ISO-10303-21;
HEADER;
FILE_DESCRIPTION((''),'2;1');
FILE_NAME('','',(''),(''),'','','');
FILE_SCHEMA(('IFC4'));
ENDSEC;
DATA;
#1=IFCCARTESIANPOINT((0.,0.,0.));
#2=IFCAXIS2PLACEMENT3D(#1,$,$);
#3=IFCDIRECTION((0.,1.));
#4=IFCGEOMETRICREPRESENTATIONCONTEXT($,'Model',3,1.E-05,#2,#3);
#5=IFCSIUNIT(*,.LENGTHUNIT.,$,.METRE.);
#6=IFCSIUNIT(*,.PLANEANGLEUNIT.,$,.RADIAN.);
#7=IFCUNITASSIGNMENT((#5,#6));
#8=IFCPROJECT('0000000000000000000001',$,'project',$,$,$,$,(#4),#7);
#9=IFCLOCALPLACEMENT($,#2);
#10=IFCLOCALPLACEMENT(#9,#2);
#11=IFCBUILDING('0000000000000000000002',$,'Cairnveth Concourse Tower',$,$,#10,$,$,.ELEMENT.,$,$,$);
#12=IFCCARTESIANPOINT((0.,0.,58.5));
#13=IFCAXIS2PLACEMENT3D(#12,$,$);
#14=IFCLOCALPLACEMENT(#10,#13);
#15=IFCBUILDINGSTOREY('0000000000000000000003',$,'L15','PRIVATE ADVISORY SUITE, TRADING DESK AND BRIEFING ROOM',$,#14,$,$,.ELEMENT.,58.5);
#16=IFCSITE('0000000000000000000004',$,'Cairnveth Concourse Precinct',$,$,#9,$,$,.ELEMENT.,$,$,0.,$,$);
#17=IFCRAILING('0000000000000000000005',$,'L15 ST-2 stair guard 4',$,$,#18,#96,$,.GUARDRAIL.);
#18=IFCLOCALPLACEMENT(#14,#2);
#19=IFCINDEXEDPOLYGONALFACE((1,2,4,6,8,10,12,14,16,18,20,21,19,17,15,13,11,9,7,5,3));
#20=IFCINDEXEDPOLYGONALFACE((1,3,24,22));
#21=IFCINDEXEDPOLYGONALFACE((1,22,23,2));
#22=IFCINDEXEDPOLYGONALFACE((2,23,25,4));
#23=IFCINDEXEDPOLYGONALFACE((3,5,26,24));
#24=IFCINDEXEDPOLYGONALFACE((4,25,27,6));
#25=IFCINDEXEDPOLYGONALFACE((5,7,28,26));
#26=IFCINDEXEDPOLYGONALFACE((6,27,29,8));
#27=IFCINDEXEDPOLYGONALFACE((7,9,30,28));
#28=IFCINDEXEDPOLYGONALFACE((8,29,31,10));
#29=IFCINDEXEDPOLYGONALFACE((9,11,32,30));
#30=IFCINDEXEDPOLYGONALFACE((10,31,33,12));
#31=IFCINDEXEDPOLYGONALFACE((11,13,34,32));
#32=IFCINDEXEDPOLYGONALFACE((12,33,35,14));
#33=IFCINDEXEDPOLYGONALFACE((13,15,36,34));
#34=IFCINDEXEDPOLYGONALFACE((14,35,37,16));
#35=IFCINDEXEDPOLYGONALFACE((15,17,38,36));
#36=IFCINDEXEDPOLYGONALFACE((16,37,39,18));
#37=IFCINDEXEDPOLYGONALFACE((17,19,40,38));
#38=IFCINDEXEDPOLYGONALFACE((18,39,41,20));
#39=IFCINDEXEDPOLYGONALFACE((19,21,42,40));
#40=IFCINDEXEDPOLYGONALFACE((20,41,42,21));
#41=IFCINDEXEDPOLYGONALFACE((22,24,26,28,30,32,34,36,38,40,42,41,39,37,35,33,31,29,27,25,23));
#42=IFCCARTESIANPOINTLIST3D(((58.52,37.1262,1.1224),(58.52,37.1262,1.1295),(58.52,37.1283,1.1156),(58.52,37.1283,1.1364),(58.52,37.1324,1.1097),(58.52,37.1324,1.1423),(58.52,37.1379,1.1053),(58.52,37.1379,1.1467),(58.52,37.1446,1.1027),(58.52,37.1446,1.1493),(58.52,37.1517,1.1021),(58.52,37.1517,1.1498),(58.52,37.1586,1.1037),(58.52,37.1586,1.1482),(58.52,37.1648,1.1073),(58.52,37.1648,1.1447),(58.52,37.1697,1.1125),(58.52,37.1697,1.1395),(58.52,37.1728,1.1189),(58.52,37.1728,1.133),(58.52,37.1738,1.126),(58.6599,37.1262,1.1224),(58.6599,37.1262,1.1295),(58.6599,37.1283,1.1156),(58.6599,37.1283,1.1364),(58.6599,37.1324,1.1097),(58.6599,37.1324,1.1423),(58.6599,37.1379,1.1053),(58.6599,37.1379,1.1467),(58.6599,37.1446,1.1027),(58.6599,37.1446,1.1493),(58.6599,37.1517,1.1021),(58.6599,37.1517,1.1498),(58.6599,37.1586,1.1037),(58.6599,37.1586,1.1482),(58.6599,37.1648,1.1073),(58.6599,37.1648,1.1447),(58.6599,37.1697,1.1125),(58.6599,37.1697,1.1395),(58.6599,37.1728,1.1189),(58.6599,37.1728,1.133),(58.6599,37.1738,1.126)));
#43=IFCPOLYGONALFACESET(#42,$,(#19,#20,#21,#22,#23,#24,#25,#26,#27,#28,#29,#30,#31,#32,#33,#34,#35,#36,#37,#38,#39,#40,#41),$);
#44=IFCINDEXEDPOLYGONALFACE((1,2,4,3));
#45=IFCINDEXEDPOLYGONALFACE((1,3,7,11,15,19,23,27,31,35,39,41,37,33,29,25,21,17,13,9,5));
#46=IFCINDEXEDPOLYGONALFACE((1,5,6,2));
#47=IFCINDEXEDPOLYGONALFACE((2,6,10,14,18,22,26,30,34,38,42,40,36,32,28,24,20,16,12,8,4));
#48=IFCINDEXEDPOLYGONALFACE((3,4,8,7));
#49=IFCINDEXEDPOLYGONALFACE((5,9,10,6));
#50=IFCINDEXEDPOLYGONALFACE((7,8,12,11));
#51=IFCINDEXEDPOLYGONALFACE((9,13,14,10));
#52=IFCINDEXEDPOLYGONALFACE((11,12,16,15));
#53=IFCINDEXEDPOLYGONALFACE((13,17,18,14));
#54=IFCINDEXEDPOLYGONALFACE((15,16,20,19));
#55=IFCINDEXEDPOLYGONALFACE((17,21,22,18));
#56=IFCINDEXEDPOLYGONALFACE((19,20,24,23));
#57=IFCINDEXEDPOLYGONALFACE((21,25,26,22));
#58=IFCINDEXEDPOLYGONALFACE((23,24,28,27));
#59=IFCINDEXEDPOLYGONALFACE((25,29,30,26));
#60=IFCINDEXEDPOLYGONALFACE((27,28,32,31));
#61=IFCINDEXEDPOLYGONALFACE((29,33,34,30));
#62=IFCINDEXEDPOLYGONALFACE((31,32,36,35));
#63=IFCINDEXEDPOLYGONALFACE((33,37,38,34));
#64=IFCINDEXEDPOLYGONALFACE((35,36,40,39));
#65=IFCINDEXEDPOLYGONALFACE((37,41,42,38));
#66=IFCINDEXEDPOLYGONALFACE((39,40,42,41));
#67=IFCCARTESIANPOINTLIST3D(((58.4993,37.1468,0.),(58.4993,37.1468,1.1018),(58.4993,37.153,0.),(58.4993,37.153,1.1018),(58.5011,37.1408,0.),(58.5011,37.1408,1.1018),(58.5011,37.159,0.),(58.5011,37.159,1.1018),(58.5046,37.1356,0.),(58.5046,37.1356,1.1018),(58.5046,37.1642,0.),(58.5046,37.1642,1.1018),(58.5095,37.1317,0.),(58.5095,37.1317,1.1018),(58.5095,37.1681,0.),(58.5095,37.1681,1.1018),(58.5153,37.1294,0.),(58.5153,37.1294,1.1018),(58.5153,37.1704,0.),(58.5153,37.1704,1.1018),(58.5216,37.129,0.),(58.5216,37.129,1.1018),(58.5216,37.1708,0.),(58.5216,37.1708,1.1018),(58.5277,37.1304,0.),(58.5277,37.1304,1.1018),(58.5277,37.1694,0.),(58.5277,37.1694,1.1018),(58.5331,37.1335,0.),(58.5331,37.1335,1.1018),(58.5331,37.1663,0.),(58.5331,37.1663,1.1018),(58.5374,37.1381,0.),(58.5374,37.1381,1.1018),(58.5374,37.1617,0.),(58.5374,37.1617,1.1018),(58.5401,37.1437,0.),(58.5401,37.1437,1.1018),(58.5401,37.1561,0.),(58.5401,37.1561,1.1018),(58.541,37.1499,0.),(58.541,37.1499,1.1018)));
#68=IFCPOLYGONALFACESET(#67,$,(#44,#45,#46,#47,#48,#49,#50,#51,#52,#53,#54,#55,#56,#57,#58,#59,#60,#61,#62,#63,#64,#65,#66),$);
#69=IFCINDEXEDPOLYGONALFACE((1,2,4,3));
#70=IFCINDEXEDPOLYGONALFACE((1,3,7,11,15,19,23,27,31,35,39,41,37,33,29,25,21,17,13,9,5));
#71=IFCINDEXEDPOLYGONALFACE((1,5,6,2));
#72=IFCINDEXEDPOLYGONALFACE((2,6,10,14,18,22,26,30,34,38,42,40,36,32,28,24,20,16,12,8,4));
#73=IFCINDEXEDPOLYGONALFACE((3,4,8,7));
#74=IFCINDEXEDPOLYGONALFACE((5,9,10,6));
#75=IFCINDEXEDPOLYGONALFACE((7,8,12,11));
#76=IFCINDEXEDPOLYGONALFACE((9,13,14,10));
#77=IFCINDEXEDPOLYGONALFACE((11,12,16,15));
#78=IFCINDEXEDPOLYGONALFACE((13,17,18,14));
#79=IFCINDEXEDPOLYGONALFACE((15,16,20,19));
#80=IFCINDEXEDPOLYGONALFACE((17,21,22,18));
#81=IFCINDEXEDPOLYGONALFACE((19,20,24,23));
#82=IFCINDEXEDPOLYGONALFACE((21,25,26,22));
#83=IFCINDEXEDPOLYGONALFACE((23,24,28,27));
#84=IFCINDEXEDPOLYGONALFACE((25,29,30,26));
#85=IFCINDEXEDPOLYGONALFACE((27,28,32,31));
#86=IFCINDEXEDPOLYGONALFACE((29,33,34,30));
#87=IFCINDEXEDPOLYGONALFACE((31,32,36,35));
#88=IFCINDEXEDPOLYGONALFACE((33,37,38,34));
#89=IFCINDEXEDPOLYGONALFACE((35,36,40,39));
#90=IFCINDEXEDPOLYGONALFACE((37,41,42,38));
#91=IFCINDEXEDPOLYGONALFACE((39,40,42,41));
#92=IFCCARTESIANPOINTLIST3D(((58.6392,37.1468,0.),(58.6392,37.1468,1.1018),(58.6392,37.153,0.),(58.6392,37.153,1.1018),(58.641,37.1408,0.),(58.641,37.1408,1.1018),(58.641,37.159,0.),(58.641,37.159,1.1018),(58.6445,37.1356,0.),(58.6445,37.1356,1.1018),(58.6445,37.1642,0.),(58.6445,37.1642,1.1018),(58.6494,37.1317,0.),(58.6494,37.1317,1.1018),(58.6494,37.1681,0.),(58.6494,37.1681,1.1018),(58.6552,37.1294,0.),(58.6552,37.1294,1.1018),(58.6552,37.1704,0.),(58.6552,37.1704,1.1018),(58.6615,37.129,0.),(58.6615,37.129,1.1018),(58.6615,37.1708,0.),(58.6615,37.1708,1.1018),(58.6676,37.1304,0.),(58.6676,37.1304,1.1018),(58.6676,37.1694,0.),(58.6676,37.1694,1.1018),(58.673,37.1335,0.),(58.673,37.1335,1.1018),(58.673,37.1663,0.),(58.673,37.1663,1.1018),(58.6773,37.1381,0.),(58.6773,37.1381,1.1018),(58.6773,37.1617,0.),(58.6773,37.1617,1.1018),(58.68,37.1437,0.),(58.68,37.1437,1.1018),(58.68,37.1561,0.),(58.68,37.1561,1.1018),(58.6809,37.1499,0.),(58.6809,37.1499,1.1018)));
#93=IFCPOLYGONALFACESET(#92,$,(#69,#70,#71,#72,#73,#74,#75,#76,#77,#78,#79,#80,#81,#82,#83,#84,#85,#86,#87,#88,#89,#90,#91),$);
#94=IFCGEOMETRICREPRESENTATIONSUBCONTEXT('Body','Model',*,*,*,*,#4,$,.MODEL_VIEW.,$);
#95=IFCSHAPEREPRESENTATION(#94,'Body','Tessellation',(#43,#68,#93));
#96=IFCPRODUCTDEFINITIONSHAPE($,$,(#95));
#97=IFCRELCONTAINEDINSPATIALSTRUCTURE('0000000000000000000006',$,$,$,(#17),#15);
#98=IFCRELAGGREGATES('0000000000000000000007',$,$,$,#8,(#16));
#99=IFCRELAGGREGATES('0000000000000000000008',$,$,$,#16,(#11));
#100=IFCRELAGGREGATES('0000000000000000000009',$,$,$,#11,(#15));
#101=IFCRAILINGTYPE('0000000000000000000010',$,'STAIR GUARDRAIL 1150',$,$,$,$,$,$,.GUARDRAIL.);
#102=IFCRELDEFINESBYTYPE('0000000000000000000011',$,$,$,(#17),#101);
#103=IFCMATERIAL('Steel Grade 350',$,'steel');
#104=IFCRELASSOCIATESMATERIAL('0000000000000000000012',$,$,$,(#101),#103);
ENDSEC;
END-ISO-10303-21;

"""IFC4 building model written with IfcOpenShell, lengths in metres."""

from ifc_helpers import new_model, si_unit, direction, frame, origin, origin_2d, place, context, subcontext, project, spatial, circle, extrude, material, type_object, element, save


model = new_model("IFC4")

# Units and contexts
model_context = context("Model", 3, precision=1e-05, world=origin(), true_north=direction((0.0, 1.0)))
body_context = subcontext(model_context, "Body", "Model", "MODEL_VIEW")
ifc_project = project(units=[si_unit("LENGTHUNIT", "METRE"), si_unit("PLANEANGLEUNIT", "RADIAN")], contexts=[model_context])

# Site, building, storey
site_placement = place(None, origin())
site = spatial("IfcSite", under=ifc_project, at=site_placement, Name="Cairnveth Concourse Precinct", CompositionType="ELEMENT", RefElevation=0.0)
building_placement = place(site_placement, origin())
building = spatial("IfcBuilding", under=site, at=building_placement, Name="Cairnveth Concourse Tower", CompositionType="ELEMENT")
storey_placement = place(building_placement, frame((0.0, 0.0, 58.5)))
storey = spatial("IfcBuildingStorey", under=building, at=storey_placement, Name="L15", Description="PRIVATE ADVISORY SUITE, TRADING DESK AND BRIEFING ROOM", CompositionType="ELEMENT", Elevation=58.5)

# Shared definitions
ifc_material_1 = material(Name="Steel Grade 350", Category="steel")

# Railing
railing_type_1 = type_object("IfcRailingType", Name="STAIR GUARDRAIL 1150", PredefinedType="GUARDRAIL", material=ifc_material_1)
railing_1_placement = place(storey_placement, frame((58.52, 37.1499, 0.0)))
element("IfcRailing", 1, at=railing_1_placement, inside=storey, type_object=railing_type_1, Name="L15 ST-2 stair guard 4", PredefinedType="GUARDRAIL", context=body_context, shape_type="SweptSolid", body=[
    extrude(circle(Radius=0.0239, at=origin_2d()), frame((0.0, 0.0, 1.126), z_axis=(1.0, 0.0, 0.0), x_axis=(0.0, 1.0, 0.0)), (0.0, 0.0, 1.0), 0.1399),
    extrude(circle(Radius=0.021, at=origin_2d()), origin(), (0.0, 0.0, 1.0), 1.1018),
    extrude(circle(Radius=0.021, at=origin_2d()), frame((0.1399, 0.0, 0.0)), (0.0, 0.0, 1.0), 1.1018),
])

save(model, "model.ifc")
